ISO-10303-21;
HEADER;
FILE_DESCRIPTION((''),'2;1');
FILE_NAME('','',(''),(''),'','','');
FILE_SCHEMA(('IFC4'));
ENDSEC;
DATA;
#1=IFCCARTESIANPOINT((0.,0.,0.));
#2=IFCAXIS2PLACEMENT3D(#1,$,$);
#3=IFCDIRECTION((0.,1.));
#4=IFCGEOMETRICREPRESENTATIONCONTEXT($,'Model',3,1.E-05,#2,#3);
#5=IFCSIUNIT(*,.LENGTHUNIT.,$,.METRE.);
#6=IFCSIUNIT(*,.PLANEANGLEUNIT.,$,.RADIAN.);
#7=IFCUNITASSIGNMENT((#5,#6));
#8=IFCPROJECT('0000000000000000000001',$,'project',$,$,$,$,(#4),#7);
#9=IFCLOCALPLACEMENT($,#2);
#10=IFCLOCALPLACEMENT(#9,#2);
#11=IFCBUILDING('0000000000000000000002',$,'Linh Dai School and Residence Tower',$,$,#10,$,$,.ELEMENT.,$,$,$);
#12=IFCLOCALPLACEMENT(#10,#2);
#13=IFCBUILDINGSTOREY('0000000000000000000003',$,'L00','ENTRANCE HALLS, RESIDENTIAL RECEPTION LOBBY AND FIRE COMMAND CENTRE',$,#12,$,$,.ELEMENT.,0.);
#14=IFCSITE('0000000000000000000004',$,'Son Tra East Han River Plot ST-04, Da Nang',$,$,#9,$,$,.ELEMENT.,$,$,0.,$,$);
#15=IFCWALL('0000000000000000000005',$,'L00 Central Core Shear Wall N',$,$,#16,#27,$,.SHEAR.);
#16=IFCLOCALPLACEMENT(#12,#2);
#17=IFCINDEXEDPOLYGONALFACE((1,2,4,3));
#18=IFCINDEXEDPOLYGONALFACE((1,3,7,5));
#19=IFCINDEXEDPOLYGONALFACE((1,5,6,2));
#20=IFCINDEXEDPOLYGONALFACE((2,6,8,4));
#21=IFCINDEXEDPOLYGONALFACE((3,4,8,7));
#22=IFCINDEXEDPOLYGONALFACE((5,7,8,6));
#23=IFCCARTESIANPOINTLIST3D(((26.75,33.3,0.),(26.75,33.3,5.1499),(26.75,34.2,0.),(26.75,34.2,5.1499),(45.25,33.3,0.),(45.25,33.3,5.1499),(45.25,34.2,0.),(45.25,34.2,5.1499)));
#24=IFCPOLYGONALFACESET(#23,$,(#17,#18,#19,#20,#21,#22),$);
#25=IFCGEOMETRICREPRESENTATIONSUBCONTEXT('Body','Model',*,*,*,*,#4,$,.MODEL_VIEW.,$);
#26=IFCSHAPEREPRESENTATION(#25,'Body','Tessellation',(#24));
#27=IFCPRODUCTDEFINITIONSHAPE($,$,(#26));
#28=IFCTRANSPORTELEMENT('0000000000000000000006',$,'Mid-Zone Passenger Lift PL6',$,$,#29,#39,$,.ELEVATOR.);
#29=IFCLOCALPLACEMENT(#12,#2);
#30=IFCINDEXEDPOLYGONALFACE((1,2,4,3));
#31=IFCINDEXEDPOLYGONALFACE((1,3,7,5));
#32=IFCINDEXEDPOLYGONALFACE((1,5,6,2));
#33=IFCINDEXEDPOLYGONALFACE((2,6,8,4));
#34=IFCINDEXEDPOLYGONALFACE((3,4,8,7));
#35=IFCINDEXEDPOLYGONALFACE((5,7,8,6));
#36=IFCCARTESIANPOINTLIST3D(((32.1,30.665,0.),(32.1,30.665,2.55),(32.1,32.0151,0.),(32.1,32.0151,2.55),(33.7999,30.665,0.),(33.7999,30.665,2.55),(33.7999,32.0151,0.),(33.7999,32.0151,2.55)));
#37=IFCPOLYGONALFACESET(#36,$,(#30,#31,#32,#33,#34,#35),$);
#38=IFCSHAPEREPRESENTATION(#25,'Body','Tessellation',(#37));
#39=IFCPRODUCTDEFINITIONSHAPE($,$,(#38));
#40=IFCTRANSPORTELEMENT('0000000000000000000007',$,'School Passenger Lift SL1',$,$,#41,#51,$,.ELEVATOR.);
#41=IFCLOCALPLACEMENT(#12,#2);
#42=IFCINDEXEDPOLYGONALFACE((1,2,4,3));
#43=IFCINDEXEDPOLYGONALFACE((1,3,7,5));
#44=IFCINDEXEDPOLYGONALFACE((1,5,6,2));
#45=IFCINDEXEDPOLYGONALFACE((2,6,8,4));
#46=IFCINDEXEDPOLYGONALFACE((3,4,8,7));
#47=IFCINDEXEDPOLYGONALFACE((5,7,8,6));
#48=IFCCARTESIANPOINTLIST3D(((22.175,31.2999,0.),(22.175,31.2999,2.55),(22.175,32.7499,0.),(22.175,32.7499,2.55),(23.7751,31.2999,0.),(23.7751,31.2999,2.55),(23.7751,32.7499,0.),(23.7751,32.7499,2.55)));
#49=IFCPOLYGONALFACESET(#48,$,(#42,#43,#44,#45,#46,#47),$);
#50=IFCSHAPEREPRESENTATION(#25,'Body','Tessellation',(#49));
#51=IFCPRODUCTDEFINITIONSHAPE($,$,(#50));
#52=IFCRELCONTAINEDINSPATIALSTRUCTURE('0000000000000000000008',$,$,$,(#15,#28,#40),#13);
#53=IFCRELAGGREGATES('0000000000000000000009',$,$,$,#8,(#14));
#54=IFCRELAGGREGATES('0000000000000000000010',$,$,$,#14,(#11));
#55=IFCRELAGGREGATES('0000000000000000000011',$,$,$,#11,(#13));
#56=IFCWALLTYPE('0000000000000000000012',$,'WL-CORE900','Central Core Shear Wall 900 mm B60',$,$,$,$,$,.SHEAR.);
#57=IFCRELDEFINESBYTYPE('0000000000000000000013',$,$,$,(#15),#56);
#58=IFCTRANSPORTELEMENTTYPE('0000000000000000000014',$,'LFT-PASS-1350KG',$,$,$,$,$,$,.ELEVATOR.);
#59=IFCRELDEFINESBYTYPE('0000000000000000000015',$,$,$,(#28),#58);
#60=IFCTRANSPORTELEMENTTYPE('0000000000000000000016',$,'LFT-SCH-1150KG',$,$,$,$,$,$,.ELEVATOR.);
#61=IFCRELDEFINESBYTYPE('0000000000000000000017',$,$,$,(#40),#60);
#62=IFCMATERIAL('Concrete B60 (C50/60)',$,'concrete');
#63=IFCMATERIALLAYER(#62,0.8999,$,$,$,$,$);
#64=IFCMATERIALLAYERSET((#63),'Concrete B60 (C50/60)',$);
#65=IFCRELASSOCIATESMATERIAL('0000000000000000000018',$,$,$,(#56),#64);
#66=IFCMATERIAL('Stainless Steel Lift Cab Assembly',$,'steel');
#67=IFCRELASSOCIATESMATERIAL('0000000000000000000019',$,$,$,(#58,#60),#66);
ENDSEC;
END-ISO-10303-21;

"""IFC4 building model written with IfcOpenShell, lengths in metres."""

from ifc_helpers import new_model, si_unit, direction, frame, frame_2d, origin, origin_2d, place, context, subcontext, project, spatial, rectangle, extrude, source, transform, mapped, material, layer, layer_set, type_object, element, save


model = new_model("IFC4")

# Units and contexts
model_context = context("Model", 3, precision=1e-05, world=origin(), true_north=direction((0.0, 1.0)))
body_context = subcontext(model_context, "Body", "Model", "MODEL_VIEW")
ifc_project = project(units=[si_unit("LENGTHUNIT", "METRE"), si_unit("PLANEANGLEUNIT", "RADIAN")], contexts=[model_context])

# Site, building, storey
site_placement = place(None, origin())
site = spatial("IfcSite", under=ifc_project, at=site_placement, Name="Son Tra East Han River Plot ST-04, Da Nang", CompositionType="ELEMENT", RefElevation=0.0)
building_placement = place(site_placement, origin())
building = spatial("IfcBuilding", under=site, at=building_placement, Name="Linh Dai School and Residence Tower", CompositionType="ELEMENT")
storey_placement = place(building_placement, origin())
storey = spatial("IfcBuildingStorey", under=building, at=storey_placement, Name="L00", Description="ENTRANCE HALLS, RESIDENTIAL RECEPTION LOBBY AND FIRE COMMAND CENTRE", CompositionType="ELEMENT", Elevation=0.0)

# Shared definitions
ifc_material_1 = material(Name="Concrete B60 (C50/60)", Category="concrete")

# Wall
ifc_layer_1 = layer(ifc_material_1, 0.8999)
ifc_layer_set_1 = layer_set([ifc_layer_1], Name="Concrete B60 (C50/60)")
wall_type_1 = type_object("IfcWallType", Name="WL-CORE900", Description="Central Core Shear Wall 900 mm B60", PredefinedType="SHEAR", material=ifc_layer_set_1)
wall_1_placement = place(storey_placement, frame((26.75, 33.75, 0.0), z_axis=(0.0, 0.0, 1.0), x_axis=(1.0, 0.0, 0.0)))
element("IfcWall", 1, at=wall_1_placement, inside=storey, type_object=wall_type_1, Name="L00 Central Core Shear Wall N", PredefinedType="SHEAR", context=body_context, shape_type="SweptSolid", body=[
    extrude(rectangle(XDim=18.5, YDim=0.8999, at=frame_2d((9.25, 0.0))), origin(), (0.0, 0.0, 1.0), 5.1499),
])

# Transport elements
ifc_material_2 = material(Name="Stainless Steel Lift Cab Assembly", Category="steel")
transport_element_type_1 = type_object("IfcTransportElementType", Name="LFT-PASS-1350KG", PredefinedType="ELEVATOR", material=ifc_material_2)
shared_shape_1 = source(origin(), body_context, "Body", "SweptSolid", [
    extrude(rectangle(XDim=1.7, YDim=1.3501, at=origin_2d()), origin(), (0.0, 0.0, 1.0), 2.55),
])
transport_element_1_placement = place(storey_placement, frame((32.95, 31.3401, 0.0), z_axis=(0.0, 0.0, 1.0), x_axis=(1.0, 0.0, 0.0)))
element("IfcTransportElement", 2, at=transport_element_1_placement, inside=storey, type_object=transport_element_type_1, Name="Mid-Zone Passenger Lift PL6", PredefinedType="ELEVATOR", context=body_context, shape_type="MappedRepresentation", body=[
    mapped(shared_shape_1, transform((0.0, 0.0, 0.0), x_axis=(1.0, 0.0, 0.0), y_axis=(0.0, 1.0, 0.0), z_axis=(0.0, 0.0, 1.0), scale=1.0)),
])
transport_element_type_2 = type_object("IfcTransportElementType", Name="LFT-SCH-1150KG", PredefinedType="ELEVATOR", material=ifc_material_2)
shared_shape_2 = source(origin(), body_context, "Body", "SweptSolid", [
    extrude(rectangle(XDim=1.6001, YDim=1.45, at=origin_2d()), origin(), (0.0, 0.0, 1.0), 2.55),
])
transport_element_2_placement = place(storey_placement, frame((22.9751, 32.0249, 0.0), z_axis=(0.0, 0.0, 1.0), x_axis=(1.0, 0.0, 0.0)))
element("IfcTransportElement", 3, at=transport_element_2_placement, inside=storey, type_object=transport_element_type_2, Name="School Passenger Lift SL1", PredefinedType="ELEVATOR", context=body_context, shape_type="MappedRepresentation", body=[
    mapped(shared_shape_2, transform((0.0, 0.0, 0.0), x_axis=(1.0, 0.0, 0.0), y_axis=(0.0, 1.0, 0.0), z_axis=(0.0, 0.0, 1.0), scale=1.0)),
])

save(model, "model.ifc")
